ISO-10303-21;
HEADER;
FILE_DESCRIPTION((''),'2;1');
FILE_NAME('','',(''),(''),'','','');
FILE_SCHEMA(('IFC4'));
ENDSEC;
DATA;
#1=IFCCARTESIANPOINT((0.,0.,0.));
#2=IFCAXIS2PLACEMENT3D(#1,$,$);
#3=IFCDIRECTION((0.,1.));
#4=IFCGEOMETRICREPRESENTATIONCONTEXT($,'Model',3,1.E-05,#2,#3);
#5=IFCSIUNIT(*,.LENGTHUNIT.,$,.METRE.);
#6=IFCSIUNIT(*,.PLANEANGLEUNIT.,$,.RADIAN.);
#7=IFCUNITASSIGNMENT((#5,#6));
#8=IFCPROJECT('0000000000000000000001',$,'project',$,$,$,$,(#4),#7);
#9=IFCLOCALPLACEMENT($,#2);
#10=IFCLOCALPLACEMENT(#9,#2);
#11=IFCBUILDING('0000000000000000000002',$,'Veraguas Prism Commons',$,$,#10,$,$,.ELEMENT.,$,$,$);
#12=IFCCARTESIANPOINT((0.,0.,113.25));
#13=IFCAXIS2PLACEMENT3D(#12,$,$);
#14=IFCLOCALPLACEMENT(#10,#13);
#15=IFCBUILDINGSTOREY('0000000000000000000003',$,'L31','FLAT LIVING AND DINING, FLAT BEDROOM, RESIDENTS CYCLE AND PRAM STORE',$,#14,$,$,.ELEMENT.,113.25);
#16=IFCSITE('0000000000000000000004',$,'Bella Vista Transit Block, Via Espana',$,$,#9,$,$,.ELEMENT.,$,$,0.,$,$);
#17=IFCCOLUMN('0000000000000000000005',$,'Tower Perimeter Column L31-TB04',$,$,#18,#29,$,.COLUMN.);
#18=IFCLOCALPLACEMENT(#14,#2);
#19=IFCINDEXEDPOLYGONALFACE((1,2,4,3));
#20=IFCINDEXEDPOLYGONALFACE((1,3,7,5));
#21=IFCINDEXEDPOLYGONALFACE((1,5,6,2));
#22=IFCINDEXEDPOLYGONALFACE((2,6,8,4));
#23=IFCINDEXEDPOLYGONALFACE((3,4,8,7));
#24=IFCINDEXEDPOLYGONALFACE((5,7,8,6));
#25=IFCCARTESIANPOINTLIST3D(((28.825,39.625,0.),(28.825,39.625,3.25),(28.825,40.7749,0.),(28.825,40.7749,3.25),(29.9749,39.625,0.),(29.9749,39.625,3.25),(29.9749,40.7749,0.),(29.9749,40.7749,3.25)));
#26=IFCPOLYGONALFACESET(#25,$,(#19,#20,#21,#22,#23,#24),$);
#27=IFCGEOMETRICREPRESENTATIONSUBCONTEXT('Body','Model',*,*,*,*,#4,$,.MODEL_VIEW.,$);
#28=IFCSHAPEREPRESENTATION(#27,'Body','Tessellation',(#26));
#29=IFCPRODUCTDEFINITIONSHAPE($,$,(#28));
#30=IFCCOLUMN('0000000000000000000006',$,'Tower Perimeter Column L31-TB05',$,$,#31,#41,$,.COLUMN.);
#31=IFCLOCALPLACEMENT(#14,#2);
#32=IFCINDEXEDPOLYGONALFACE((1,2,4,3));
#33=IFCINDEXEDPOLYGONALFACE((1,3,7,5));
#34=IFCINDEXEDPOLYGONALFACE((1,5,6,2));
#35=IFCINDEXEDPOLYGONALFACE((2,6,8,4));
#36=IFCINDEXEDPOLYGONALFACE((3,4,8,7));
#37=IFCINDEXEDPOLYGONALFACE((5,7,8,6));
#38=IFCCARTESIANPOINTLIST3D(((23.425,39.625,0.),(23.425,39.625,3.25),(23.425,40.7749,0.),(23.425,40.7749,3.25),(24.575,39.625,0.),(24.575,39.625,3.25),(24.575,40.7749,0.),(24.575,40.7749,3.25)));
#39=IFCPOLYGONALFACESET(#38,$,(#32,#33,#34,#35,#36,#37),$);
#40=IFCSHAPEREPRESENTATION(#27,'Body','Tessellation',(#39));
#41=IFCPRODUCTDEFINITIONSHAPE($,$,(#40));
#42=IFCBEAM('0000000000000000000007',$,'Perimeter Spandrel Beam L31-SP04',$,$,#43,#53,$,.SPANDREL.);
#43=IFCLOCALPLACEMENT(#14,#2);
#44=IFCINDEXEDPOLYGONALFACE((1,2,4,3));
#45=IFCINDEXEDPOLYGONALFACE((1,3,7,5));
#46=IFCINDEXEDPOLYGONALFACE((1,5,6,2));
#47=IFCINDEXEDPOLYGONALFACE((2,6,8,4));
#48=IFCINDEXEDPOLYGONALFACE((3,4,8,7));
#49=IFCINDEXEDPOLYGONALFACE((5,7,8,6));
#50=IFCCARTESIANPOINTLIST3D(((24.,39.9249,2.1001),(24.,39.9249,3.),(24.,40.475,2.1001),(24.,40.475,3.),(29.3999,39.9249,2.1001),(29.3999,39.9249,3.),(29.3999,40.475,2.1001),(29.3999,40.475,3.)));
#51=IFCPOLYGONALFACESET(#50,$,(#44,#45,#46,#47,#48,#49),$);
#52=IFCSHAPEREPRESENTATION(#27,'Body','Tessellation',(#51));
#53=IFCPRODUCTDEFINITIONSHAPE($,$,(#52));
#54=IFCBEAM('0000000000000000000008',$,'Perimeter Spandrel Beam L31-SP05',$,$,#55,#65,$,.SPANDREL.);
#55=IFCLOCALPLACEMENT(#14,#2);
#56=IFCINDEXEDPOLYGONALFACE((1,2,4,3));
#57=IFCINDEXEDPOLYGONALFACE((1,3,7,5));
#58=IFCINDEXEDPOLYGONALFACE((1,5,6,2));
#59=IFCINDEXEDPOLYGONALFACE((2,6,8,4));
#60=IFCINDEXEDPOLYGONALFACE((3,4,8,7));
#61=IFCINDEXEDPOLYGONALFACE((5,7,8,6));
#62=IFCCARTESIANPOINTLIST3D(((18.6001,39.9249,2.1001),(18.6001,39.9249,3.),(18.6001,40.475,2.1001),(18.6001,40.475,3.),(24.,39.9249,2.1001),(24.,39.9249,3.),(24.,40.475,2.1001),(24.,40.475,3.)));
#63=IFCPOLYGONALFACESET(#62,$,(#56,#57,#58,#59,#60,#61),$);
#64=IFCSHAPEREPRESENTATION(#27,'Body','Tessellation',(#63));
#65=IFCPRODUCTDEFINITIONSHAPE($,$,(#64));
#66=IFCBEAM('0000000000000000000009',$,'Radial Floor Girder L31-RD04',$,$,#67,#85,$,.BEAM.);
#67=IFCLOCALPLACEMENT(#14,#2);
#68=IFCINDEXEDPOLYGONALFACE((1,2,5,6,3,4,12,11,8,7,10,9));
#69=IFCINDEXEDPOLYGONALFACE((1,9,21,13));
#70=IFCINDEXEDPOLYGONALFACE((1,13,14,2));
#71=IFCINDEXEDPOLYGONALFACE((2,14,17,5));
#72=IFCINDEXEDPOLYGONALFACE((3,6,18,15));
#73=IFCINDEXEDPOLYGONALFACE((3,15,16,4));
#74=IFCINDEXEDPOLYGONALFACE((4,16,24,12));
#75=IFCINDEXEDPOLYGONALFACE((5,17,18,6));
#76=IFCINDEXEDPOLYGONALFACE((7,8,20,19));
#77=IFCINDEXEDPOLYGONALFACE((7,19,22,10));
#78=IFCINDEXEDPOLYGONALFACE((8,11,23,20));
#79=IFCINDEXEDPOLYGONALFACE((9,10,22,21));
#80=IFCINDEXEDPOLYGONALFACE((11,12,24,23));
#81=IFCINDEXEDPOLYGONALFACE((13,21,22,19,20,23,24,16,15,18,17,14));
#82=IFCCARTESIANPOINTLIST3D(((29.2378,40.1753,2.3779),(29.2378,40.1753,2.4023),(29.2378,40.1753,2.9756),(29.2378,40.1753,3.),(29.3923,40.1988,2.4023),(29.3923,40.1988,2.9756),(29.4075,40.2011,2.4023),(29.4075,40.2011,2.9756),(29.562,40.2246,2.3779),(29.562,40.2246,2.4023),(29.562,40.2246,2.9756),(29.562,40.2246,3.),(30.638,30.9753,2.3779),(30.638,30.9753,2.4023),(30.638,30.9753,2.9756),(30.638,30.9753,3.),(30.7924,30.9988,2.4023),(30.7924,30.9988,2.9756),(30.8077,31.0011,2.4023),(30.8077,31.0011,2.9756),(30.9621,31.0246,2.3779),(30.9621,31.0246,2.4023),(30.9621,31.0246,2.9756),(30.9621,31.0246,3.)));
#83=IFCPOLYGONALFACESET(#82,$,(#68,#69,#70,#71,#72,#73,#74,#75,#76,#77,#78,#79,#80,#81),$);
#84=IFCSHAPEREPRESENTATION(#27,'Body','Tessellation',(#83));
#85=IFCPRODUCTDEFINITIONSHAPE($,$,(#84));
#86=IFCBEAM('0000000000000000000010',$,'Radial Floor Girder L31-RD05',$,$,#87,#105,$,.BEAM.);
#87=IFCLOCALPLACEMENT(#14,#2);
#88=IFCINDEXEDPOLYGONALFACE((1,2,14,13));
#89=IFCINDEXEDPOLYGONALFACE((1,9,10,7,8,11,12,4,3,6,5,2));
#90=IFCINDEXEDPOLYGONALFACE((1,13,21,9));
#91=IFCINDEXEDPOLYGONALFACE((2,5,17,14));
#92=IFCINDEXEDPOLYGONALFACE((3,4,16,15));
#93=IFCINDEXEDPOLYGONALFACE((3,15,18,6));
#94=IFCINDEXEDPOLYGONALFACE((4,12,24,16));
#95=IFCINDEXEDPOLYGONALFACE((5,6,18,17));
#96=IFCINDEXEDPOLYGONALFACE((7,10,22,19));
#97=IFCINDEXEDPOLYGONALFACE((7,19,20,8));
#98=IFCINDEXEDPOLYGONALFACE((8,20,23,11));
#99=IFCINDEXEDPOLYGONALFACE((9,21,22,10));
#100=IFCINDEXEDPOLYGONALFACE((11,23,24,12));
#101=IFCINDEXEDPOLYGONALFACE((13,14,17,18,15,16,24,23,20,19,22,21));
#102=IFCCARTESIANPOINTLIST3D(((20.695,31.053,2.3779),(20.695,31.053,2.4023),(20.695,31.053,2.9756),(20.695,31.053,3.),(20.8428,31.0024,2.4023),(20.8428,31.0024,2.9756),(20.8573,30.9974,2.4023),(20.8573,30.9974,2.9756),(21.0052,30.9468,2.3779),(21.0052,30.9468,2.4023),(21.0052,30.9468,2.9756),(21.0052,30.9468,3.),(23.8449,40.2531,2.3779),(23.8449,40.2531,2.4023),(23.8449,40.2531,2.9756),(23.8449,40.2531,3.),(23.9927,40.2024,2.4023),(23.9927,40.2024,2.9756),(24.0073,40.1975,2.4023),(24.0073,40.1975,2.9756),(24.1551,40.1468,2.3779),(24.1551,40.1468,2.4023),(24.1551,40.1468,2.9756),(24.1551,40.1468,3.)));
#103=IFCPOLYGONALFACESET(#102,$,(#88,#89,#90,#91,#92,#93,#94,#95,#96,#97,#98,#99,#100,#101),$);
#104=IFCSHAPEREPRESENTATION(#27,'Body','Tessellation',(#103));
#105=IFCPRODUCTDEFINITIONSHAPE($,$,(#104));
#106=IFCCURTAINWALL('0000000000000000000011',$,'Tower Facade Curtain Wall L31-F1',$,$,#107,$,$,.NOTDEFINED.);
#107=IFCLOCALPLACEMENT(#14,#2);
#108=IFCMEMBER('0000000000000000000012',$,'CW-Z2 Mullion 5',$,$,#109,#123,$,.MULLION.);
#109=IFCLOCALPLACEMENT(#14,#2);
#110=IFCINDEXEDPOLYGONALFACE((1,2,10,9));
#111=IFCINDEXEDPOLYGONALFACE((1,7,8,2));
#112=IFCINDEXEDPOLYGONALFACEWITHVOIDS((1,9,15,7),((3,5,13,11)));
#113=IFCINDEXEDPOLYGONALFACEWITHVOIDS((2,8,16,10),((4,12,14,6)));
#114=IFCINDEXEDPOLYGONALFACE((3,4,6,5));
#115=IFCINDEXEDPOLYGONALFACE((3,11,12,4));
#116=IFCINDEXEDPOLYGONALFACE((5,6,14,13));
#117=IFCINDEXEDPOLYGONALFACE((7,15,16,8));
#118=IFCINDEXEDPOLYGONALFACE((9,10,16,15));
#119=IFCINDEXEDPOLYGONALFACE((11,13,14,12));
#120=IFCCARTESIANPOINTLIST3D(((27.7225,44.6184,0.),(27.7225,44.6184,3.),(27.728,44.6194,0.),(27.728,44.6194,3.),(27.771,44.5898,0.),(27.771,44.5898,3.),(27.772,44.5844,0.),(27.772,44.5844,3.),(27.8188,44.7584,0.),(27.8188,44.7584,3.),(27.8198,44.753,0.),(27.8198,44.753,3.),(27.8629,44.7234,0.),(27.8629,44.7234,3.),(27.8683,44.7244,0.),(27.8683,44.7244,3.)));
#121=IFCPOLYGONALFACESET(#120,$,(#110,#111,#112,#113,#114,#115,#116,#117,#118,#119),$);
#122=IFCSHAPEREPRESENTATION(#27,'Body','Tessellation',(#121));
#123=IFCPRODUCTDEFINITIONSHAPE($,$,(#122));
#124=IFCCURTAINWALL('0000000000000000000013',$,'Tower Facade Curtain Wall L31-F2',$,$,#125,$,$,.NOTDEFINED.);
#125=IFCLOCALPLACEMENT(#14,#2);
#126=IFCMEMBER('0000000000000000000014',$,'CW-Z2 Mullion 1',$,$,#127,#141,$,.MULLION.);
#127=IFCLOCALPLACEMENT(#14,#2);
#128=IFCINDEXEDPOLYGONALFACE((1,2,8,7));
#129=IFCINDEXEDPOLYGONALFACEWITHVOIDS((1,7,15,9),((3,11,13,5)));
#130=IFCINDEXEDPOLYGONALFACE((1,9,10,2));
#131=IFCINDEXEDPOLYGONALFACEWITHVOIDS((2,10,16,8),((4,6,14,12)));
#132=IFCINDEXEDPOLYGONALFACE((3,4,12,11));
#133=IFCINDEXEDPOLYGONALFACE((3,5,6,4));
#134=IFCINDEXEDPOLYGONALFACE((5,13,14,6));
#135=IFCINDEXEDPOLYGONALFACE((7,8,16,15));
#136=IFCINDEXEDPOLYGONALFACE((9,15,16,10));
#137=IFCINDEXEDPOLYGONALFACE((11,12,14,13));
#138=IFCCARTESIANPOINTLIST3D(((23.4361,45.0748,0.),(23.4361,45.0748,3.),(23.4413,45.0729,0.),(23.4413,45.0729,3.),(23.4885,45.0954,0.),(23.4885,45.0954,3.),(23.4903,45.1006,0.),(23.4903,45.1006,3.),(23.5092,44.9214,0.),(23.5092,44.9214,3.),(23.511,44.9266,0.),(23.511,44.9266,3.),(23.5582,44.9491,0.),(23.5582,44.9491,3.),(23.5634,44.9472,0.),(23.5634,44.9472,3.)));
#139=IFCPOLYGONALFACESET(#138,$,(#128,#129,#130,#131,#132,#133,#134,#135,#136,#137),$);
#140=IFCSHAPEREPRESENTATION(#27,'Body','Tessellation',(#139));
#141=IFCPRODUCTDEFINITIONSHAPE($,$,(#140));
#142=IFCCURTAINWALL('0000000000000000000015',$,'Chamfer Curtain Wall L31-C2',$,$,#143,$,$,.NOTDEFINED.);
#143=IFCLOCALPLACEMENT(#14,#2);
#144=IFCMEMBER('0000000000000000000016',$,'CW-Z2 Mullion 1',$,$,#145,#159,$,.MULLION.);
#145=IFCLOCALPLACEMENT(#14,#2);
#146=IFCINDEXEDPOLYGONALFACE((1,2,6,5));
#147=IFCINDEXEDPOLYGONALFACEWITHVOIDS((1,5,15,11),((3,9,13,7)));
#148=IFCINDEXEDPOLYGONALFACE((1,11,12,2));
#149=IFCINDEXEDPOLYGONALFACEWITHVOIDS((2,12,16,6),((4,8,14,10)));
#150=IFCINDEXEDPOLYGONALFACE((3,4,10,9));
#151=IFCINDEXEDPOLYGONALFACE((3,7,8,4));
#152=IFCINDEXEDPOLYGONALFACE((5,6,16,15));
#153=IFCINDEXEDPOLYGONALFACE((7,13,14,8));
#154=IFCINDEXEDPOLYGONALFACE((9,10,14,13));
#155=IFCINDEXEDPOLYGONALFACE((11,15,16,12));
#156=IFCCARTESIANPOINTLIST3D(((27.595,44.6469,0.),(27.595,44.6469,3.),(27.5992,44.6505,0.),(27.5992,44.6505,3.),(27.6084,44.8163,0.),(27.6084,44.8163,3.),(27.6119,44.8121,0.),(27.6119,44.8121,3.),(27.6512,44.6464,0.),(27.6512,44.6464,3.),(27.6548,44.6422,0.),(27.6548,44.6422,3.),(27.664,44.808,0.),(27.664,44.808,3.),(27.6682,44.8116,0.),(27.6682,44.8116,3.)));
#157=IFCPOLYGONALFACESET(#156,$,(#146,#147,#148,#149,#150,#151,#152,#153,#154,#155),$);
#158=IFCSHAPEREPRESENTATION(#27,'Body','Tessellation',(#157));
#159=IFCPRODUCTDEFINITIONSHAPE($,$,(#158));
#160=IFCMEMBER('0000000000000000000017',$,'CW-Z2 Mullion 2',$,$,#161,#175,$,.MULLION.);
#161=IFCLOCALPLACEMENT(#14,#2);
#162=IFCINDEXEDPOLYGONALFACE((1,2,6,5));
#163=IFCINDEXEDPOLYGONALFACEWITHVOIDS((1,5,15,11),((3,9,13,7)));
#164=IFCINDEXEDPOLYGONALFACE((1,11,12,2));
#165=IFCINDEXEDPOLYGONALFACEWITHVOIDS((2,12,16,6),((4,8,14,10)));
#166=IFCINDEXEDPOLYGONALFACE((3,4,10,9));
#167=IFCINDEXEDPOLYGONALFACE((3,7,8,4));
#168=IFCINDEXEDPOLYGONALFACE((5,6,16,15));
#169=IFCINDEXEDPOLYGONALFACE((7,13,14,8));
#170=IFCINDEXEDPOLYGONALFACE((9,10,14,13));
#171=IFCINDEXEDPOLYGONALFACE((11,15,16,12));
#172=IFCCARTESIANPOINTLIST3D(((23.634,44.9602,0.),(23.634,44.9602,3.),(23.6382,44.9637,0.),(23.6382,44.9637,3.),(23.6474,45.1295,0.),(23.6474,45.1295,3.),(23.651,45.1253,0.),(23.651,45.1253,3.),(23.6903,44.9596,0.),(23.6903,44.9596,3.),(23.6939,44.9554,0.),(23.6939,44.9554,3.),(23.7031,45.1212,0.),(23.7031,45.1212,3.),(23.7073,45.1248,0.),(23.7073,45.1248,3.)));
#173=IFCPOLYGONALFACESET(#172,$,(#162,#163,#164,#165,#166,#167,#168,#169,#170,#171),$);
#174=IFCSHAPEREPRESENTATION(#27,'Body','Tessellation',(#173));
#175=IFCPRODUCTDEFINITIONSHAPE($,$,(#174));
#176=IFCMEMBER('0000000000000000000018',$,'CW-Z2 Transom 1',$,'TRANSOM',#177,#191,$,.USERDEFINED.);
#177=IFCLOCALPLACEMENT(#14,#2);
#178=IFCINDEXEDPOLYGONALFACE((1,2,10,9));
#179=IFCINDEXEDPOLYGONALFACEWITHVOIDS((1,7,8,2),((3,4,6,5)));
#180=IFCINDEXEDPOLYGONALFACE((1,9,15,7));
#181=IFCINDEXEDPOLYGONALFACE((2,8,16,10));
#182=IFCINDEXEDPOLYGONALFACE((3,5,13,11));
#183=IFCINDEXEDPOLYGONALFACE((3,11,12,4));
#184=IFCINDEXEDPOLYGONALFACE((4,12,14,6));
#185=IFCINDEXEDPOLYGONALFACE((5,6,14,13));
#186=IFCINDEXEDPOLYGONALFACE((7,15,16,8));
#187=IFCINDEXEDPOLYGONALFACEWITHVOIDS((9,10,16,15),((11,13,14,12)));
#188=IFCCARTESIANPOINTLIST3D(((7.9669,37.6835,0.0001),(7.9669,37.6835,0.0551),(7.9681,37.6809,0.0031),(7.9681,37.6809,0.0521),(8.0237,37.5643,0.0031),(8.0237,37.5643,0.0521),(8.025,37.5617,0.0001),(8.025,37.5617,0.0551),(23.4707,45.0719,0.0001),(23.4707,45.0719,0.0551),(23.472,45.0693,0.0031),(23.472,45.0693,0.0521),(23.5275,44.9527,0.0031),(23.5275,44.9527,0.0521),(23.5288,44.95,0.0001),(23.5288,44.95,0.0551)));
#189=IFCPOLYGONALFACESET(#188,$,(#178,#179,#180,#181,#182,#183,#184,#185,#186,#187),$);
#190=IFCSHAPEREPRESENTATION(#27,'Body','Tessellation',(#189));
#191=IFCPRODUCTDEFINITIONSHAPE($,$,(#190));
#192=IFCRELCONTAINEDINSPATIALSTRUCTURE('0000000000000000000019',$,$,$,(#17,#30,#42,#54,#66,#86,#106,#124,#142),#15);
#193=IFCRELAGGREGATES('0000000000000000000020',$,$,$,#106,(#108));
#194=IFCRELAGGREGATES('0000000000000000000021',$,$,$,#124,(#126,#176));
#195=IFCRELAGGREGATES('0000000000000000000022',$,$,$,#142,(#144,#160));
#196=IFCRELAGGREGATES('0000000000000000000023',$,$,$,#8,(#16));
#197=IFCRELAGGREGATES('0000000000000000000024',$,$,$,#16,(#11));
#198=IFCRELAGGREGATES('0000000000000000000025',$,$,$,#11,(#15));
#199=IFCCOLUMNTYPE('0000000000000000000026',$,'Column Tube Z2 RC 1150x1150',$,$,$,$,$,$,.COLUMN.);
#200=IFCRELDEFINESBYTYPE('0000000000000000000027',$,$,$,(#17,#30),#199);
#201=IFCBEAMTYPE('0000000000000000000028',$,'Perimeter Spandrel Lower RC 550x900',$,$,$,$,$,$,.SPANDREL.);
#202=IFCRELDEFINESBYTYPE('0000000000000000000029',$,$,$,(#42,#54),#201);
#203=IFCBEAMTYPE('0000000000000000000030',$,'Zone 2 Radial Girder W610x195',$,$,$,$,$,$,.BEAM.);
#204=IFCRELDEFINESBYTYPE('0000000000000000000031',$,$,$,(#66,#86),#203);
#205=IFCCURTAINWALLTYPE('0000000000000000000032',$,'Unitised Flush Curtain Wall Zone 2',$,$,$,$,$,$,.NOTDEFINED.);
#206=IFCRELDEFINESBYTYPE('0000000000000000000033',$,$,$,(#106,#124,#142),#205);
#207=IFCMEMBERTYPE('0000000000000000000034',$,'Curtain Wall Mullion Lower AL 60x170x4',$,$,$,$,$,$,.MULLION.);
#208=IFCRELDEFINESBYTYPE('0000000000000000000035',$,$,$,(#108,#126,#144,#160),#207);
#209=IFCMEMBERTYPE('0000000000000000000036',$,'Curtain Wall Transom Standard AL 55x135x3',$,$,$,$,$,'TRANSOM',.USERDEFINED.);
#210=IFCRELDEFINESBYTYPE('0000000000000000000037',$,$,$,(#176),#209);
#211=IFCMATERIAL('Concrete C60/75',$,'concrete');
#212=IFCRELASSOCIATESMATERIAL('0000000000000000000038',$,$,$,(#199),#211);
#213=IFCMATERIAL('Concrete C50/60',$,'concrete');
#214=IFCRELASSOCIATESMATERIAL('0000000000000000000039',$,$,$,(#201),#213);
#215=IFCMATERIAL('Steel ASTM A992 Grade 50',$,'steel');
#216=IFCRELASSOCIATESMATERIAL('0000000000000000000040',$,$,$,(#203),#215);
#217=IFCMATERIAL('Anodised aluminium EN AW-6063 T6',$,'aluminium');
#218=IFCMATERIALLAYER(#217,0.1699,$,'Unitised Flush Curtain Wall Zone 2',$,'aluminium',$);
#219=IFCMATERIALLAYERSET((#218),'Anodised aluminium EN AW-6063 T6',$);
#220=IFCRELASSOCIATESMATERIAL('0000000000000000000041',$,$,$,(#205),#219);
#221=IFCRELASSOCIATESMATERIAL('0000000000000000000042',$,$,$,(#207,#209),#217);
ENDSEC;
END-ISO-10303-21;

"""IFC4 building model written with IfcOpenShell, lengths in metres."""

from ifc_helpers import new_model, si_unit, direction, frame, origin, origin_2d, place, context, subcontext, project, spatial, rectangle, hollow_rectangle, i_section, extrude, source, transform, mapped, material, layer, layer_set, material_profile, profile_set, type_object, element, aggregate, save


model = new_model("IFC4")

# Units and contexts
model_context = context("Model", 3, precision=1e-05, world=origin(), true_north=direction((0.0, 1.0)))
body_context = subcontext(model_context, "Body", "Model", "MODEL_VIEW")
ifc_project = project(units=[si_unit("LENGTHUNIT", "METRE"), si_unit("PLANEANGLEUNIT", "RADIAN")], contexts=[model_context])

# Site, building, storey
site_placement = place(None, origin())
site = spatial("IfcSite", under=ifc_project, at=site_placement, Name="Bella Vista Transit Block, Via Espana", CompositionType="ELEMENT", RefElevation=0.0)
building_placement = place(site_placement, origin())
building = spatial("IfcBuilding", under=site, at=building_placement, Name="Veraguas Prism Commons", CompositionType="ELEMENT")
storey_placement = place(building_placement, frame((0.0, 0.0, 113.25)))
storey = spatial("IfcBuildingStorey", under=building, at=storey_placement, Name="L31", Description="FLAT LIVING AND DINING, FLAT BEDROOM, RESIDENTS CYCLE AND PRAM STORE", CompositionType="ELEMENT", Elevation=113.25)

# Columns
ifc_material_1 = material(Name="Concrete C60/75", Category="concrete")
ifc_material_profile_1 = material_profile(ifc_material_1, rectangle(XDim=1.1499, YDim=1.1499, at=origin_2d()), Name="RC1150X1150")
ifc_profile_set_1 = profile_set([ifc_material_profile_1], Name="Concrete C60/75")
column_type = type_object("IfcColumnType", Name="Column Tube Z2 RC 1150x1150", PredefinedType="COLUMN", material=ifc_profile_set_1)
for number, where, z_axis, x_axis, name in (
    (1, (29.3999, 40.2, 0.0), (0.0, 0.0, 1.0), (1.0, 0.0, 0.0), "Tower Perimeter Column L31-TB04"),
    (2, (24.0, 40.2, 0.0), (0.0, 0.0, 1.0), (1.0, 0.0, 0.0), "Tower Perimeter Column L31-TB05"),
):
    element("IfcColumn", number, at=place(storey_placement, frame(where, z_axis=z_axis, x_axis=x_axis)), inside=storey, type_object=column_type, Name=name, PredefinedType="COLUMN", context=body_context, shape_type="SweptSolid", body=[
        extrude(rectangle(XDim=1.1499, YDim=1.1499, at=origin_2d()), origin(), (0.0, 0.0, 1.0), 3.25),
    ])

# Beams
ifc_material_2 = material(Name="Concrete C50/60", Category="concrete")
ifc_material_profile_2 = material_profile(ifc_material_2, rectangle(XDim=0.55, YDim=0.8999, at=origin_2d()), Name="RC550X900")
ifc_profile_set_2 = profile_set([ifc_material_profile_2], Name="Concrete C50/60")
beam_type_1 = type_object("IfcBeamType", Name="Perimeter Spandrel Lower RC 550x900", PredefinedType="SPANDREL", material=ifc_profile_set_2)
for number, where, z_axis, x_axis, name in (
    (3, (29.3999, 40.2, 2.55), (-1.0, 0.0, 0.0), (0.0, -1.0, 0.0), "Perimeter Spandrel Beam L31-SP04"),
    (4, (24.0, 40.2, 2.55), (-1.0, 0.0, 0.0), (0.0, -1.0, 0.0), "Perimeter Spandrel Beam L31-SP05"),
):
    element("IfcBeam", number, at=place(storey_placement, frame(where, z_axis=z_axis, x_axis=x_axis)), inside=storey, type_object=beam_type_1, Name=name, PredefinedType="SPANDREL", context=body_context, shape_type="SweptSolid", body=[
        extrude(rectangle(XDim=0.55, YDim=0.8999, at=origin_2d()), origin(), (0.0, 0.0, 1.0), 5.3999),
    ])
ifc_material_3 = material(Name="Steel ASTM A992 Grade 50", Category="steel")
ifc_material_profile_3 = material_profile(ifc_material_3, i_section(OverallWidth=0.3279, OverallDepth=0.6221, WebThickness=0.0154, FlangeThickness=0.0244, at=origin_2d()), Name="W610X195")
ifc_profile_set_3 = profile_set([ifc_material_profile_3], Name="Steel ASTM A992 Grade 50")
beam_type_2 = type_object("IfcBeamType", Name="Zone 2 Radial Girder W610x195", PredefinedType="BEAM", material=ifc_profile_set_3)
beam_1_placement = place(storey_placement, frame((29.3999, 40.2, 2.689), z_axis=(0.150458, -0.988616, 0.0), x_axis=(0.988616, 0.150458, 0.0)))
element("IfcBeam", 5, at=beam_1_placement, inside=storey, type_object=beam_type_2, Name="Radial Floor Girder L31-RD04", PredefinedType="BEAM", context=body_context, shape_type="SweptSolid", body=[
    extrude(i_section(OverallWidth=0.3279, OverallDepth=0.6221, WebThickness=0.0154, FlangeThickness=0.0244, at=origin_2d()), origin(), (0.0, 0.0, 1.0), 9.3059),
])
beam_2_placement = place(storey_placement, frame((24.0, 40.2, 2.689), z_axis=(-0.323922, -0.946084, 0.0), x_axis=(0.946084, -0.323922, 0.0)))
element("IfcBeam", 6, at=beam_2_placement, inside=storey, type_object=beam_type_2, Name="Radial Floor Girder L31-RD05", PredefinedType="BEAM", context=body_context, shape_type="SweptSolid", body=[
    extrude(i_section(OverallWidth=0.3279, OverallDepth=0.6221, WebThickness=0.0154, FlangeThickness=0.0244, at=origin_2d()), origin(), (0.0, 0.0, 1.0), 9.7244),
])

# Curtain walls, members
ifc_material_4 = material(Name="Anodised aluminium EN AW-6063 T6", Category="aluminium")
ifc_layer_1 = layer(ifc_material_4, 0.1699, Name="Unitised Flush Curtain Wall Zone 2", Category="aluminium")
ifc_layer_set_1 = layer_set([ifc_layer_1], Name="Anodised aluminium EN AW-6063 T6")
curtain_wall_type = type_object("IfcCurtainWallType", Name="Unitised Flush Curtain Wall Zone 2", PredefinedType="NOTDEFINED", material=ifc_layer_set_1)
curtain_wall_1_placement = place(storey_placement, origin())
curtain_wall_1 = element("IfcCurtainWall", 7, at=curtain_wall_1_placement, inside=storey, type_object=curtain_wall_type, Name="Tower Facade Curtain Wall L31-F1", PredefinedType="NOTDEFINED")
ifc_material_profile_4 = material_profile(ifc_material_4, hollow_rectangle(XDim=0.0601, YDim=0.1699, WallThickness=0.0039, at=origin_2d()), Name="AL60X170X4")
ifc_profile_set_4 = profile_set([ifc_material_profile_4], Name="Anodised aluminium EN AW-6063 T6")
member_type_1 = type_object("IfcMemberType", Name="Curtain Wall Mullion Lower AL 60x170x4", PredefinedType="MULLION", material=ifc_profile_set_4)
shared_shape_1 = source(origin(), body_context, "Body", "SweptSolid", [
    extrude(hollow_rectangle(XDim=0.0601, YDim=0.1699, WallThickness=0.0039, at=origin_2d()), origin(), (0.0, 0.0, 1.0), 3.0),
])
member_1_placement = place(storey_placement, frame((27.7954, 44.6714, 0.0), z_axis=(0.0, 0.0, 1.0), x_axis=(-0.82393, 0.566691, 0.0)))
member_1 = element("IfcMember", 8, at=member_1_placement, type_object=member_type_1, Name="CW-Z2 Mullion 5", PredefinedType="MULLION", context=body_context, shape_type="MappedRepresentation", body=[
    mapped(shared_shape_1, transform((0.0, 0.0, 0.0), scale=1.0)),
])
aggregate(curtain_wall_1, [member_1])
curtain_wall_2_placement = place(storey_placement, origin())
curtain_wall_2 = element("IfcCurtainWall", 9, at=curtain_wall_2_placement, inside=storey, type_object=curtain_wall_type, Name="Tower Facade Curtain Wall L31-F2", PredefinedType="NOTDEFINED")
member_2_placement = place(storey_placement, frame((23.4998, 45.011, 0.0), z_axis=(0.0, 0.0, 1.0), x_axis=(-0.902734, -0.430199, 0.0)))
member_2 = element("IfcMember", 10, at=member_2_placement, type_object=member_type_1, Name="CW-Z2 Mullion 1", PredefinedType="MULLION", context=body_context, shape_type="MappedRepresentation", body=[
    mapped(shared_shape_1, transform((0.0, 0.0, 0.0), scale=1.0)),
])

# Curtain wall, members
curtain_wall_3_placement = place(storey_placement, origin())
curtain_wall_3 = element("IfcCurtainWall", 11, at=curtain_wall_3_placement, inside=storey, type_object=curtain_wall_type, Name="Chamfer Curtain Wall L31-C2", PredefinedType="NOTDEFINED")
member_3_placement = place(storey_placement, frame((27.6316, 44.7292, 0.0), z_axis=(0.0, 0.0, 1.0), x_axis=(-0.996889, 0.078821, 0.0)))
member_3 = element("IfcMember", 12, at=member_3_placement, type_object=member_type_1, Name="CW-Z2 Mullion 1", PredefinedType="MULLION", context=body_context, shape_type="MappedRepresentation", body=[
    mapped(shared_shape_1, transform((0.0, 0.0, 0.0), scale=1.0)),
])
member_4_placement = place(storey_placement, frame((23.6707, 45.0425, 0.0), z_axis=(0.0, 0.0, 1.0), x_axis=(-0.996889, 0.078821, 0.0)))
member_4 = element("IfcMember", 13, at=member_4_placement, type_object=member_type_1, Name="CW-Z2 Mullion 2", PredefinedType="MULLION", context=body_context, shape_type="MappedRepresentation", body=[
    mapped(shared_shape_1, transform((0.0, 0.0, 0.0), scale=1.0)),
])

# Member
ifc_material_profile_5 = material_profile(ifc_material_4, hollow_rectangle(XDim=0.0549, YDim=0.135, WallThickness=0.0029, at=origin_2d()), Name="AL55X135X3")
ifc_profile_set_5 = profile_set([ifc_material_profile_5], Name="Anodised aluminium EN AW-6063 T6")
member_type_2 = type_object("IfcMemberType", Name="Curtain Wall Transom Standard AL 55x135x3", ElementType="TRANSOM", PredefinedType="USERDEFINED", material=ifc_profile_set_5)
shared_shape_2 = source(origin(), body_context, "Body", "SweptSolid", [
    extrude(hollow_rectangle(XDim=0.0549, YDim=0.135, WallThickness=0.0029, at=origin_2d()), origin(), (0.0, 0.0, 1.0), 17.1743),
])
member_5_placement = place(storey_placement, frame((23.4998, 45.011, 0.0276), z_axis=(-0.902734, -0.4302, 0.0), x_axis=(0.0, 0.0, 1.0)))
member_5 = element("IfcMember", 14, at=member_5_placement, type_object=member_type_2, Name="CW-Z2 Transom 1", ObjectType="TRANSOM", PredefinedType="USERDEFINED", context=body_context, shape_type="MappedRepresentation", body=[
    mapped(shared_shape_2, transform((0.0, 0.0, 0.0), scale=1.0)),
])
aggregate(curtain_wall_2, [member_2, member_5])

aggregate(curtain_wall_3, [member_3, member_4])

save(model, "model.ifc")
